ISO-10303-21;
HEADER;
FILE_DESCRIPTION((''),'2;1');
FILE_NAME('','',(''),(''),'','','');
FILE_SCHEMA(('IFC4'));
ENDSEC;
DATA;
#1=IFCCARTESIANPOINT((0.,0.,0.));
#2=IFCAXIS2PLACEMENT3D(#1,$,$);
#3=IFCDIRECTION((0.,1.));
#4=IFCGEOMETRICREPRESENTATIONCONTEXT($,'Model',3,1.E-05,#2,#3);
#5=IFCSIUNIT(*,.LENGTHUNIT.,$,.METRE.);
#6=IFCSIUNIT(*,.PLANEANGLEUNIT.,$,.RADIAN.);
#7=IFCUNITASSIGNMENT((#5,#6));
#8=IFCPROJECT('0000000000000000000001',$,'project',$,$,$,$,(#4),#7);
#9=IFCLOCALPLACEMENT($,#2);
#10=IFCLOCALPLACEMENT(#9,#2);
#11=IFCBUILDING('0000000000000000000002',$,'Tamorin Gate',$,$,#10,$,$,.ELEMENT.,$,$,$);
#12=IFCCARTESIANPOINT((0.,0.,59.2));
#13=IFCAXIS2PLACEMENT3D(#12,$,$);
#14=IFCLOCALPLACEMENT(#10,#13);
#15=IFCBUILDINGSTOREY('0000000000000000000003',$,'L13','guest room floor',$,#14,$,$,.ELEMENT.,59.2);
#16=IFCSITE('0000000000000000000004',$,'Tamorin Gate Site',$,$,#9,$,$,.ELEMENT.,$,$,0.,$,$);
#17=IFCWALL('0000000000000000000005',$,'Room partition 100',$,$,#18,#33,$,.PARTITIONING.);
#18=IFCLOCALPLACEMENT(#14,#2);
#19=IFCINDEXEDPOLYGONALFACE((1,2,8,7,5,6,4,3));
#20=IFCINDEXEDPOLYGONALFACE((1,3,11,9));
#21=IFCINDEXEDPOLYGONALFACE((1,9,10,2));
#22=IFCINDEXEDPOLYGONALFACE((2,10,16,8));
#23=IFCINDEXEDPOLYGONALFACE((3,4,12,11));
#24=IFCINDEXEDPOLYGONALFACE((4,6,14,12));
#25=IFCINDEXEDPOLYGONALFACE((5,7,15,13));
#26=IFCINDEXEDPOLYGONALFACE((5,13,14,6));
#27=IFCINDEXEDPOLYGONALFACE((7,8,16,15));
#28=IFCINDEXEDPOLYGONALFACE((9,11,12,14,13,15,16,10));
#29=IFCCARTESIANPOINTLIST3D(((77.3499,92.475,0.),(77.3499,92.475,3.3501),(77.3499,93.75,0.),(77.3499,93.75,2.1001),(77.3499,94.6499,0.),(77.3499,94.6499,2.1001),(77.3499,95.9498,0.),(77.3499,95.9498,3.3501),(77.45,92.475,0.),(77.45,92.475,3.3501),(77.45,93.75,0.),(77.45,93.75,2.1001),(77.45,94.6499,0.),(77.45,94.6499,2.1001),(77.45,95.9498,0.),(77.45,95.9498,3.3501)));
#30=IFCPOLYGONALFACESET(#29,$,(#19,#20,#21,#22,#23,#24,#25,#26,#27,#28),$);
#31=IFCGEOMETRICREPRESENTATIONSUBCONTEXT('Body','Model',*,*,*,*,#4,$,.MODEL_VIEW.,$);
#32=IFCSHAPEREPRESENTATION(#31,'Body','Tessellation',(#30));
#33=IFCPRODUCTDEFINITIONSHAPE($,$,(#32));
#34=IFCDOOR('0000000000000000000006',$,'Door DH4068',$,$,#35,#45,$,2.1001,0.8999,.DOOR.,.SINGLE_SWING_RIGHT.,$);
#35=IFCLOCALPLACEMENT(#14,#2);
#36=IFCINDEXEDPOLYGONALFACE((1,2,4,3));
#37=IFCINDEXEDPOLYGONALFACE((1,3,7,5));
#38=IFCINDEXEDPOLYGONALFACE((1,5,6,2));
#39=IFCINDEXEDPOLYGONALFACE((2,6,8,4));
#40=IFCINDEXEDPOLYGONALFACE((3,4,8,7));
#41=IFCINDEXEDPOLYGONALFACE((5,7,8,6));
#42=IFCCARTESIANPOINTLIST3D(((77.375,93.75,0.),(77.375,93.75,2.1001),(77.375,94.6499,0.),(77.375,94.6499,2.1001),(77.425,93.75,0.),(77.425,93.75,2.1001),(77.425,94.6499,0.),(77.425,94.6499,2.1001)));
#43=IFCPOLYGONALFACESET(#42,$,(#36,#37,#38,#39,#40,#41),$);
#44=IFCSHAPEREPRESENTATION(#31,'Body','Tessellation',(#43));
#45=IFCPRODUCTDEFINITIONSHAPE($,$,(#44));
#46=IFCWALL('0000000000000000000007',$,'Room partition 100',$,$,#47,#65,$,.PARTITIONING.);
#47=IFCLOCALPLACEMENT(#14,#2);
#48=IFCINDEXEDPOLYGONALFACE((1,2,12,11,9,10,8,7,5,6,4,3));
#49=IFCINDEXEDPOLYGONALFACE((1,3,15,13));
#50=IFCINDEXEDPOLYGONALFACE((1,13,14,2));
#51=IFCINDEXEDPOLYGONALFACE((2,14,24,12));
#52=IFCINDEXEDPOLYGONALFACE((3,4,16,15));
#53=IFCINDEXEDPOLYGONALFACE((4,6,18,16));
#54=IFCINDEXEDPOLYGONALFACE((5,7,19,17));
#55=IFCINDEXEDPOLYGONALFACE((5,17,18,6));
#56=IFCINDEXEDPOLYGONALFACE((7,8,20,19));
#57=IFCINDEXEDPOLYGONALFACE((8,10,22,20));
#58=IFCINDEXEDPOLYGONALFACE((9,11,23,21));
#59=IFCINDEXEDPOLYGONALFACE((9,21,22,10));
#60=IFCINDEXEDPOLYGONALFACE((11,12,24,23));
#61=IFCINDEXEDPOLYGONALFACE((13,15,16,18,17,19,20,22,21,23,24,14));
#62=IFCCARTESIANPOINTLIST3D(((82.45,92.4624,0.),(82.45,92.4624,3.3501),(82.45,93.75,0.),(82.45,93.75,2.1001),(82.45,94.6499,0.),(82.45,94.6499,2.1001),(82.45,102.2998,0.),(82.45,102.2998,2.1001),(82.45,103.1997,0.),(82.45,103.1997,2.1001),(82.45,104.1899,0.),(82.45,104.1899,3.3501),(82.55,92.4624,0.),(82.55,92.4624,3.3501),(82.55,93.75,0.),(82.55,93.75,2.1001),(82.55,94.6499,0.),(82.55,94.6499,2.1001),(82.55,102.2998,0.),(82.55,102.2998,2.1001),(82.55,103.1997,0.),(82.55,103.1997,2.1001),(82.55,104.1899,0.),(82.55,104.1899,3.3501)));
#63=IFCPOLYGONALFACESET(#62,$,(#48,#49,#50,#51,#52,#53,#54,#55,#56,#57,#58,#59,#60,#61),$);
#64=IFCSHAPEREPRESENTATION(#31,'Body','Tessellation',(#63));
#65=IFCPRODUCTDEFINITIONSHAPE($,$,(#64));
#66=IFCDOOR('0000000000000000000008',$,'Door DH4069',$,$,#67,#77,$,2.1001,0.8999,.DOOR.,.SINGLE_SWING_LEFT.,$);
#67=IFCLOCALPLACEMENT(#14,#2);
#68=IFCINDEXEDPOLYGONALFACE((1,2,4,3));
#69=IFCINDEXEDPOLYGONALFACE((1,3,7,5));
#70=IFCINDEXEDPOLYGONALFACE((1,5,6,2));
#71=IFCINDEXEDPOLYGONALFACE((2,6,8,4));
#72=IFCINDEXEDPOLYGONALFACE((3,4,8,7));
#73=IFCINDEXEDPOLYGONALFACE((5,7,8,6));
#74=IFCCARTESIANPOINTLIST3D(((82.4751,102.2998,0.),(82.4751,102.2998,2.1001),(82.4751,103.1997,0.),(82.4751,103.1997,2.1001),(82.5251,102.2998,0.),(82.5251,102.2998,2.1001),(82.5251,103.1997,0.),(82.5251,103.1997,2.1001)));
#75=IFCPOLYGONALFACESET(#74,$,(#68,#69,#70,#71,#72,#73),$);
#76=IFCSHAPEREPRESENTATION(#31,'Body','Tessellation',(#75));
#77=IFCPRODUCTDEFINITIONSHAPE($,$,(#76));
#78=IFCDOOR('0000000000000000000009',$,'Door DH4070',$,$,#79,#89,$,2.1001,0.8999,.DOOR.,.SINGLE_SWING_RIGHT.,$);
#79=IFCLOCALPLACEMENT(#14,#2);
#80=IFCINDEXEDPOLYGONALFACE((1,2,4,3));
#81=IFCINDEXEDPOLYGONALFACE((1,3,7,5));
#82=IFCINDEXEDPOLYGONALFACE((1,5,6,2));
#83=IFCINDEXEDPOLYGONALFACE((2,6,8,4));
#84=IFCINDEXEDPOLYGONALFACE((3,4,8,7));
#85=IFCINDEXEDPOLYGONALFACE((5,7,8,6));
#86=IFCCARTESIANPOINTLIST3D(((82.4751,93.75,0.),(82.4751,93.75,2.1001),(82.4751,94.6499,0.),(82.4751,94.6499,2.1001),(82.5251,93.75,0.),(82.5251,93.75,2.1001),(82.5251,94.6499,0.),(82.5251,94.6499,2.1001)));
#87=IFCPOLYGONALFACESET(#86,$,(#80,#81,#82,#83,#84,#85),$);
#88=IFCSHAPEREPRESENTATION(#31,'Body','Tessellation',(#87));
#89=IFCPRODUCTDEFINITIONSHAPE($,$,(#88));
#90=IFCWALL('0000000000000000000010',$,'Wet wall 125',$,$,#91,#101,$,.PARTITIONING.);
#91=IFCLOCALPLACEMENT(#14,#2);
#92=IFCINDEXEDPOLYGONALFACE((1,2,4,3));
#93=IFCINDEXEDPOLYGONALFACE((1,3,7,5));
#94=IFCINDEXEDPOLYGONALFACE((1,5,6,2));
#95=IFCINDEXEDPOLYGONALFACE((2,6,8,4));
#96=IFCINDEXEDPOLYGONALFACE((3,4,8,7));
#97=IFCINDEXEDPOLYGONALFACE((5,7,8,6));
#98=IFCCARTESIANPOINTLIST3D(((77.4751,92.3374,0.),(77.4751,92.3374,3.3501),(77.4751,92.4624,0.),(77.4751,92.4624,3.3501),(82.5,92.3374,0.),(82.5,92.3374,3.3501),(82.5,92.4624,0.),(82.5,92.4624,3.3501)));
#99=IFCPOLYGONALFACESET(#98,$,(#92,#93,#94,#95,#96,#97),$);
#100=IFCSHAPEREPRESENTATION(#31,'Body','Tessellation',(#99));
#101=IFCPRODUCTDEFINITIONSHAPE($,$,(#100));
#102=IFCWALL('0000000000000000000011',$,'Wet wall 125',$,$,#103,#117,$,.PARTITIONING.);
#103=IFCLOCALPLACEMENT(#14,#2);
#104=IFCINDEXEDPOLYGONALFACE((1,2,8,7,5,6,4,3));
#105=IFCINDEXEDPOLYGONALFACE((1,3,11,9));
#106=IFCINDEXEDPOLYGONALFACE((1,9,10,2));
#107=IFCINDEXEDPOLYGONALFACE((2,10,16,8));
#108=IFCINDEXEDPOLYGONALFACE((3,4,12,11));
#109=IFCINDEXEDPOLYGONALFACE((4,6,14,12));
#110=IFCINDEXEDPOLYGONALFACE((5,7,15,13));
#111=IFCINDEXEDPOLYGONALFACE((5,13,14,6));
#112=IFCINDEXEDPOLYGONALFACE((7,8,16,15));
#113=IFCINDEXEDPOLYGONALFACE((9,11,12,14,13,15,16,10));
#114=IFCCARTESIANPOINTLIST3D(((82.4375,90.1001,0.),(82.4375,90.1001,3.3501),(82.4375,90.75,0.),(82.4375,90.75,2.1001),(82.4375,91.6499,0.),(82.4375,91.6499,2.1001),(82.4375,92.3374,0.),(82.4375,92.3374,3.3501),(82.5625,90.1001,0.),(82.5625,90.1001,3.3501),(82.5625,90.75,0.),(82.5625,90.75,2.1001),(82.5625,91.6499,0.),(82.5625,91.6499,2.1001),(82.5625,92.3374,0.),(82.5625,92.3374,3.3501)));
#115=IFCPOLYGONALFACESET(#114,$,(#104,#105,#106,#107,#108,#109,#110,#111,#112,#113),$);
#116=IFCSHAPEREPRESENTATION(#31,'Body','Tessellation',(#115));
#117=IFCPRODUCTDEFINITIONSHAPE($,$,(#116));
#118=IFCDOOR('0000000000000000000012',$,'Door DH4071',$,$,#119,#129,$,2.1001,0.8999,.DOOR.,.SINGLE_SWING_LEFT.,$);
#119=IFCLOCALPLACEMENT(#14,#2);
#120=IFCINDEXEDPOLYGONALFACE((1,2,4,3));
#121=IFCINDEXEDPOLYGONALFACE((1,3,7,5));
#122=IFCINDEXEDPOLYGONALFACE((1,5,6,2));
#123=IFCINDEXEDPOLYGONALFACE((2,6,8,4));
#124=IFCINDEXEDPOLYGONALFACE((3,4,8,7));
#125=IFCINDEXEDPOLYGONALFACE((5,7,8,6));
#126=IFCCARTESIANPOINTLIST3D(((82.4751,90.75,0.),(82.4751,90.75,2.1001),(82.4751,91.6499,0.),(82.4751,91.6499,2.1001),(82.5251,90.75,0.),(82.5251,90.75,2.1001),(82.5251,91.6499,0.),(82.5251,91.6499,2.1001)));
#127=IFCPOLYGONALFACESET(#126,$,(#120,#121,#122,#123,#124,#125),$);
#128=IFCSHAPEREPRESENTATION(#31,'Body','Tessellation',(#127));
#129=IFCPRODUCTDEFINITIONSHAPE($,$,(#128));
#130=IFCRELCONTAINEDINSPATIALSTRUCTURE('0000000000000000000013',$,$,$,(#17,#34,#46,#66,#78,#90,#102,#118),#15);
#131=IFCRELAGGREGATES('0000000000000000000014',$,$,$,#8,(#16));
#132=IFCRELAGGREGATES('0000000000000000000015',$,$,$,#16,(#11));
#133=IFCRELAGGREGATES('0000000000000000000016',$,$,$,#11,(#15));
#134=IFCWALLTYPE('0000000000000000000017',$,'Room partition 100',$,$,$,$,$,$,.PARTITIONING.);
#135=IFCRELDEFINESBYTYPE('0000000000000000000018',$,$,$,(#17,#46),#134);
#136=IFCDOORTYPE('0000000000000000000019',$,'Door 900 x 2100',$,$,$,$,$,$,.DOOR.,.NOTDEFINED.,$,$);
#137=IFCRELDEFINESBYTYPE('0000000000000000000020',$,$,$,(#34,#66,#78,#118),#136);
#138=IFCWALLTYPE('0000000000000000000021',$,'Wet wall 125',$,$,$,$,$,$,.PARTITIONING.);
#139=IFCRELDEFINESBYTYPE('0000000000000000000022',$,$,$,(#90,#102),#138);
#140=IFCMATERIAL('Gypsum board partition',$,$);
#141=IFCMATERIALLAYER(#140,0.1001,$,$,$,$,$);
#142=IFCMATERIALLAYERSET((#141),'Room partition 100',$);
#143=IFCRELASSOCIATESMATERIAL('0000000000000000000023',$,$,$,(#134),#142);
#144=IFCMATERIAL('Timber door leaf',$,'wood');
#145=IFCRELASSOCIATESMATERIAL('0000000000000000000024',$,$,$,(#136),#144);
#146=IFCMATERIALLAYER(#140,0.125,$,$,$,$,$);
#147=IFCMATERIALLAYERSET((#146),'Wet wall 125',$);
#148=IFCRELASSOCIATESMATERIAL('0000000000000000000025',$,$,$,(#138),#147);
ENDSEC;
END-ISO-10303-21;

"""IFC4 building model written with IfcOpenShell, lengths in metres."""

from ifc_helpers import new_model, si_unit, direction, frame, frame_2d, origin, place, context, subcontext, project, spatial, rectangle, extrude, material, layer, layer_set, type_object, element, fill, save


model = new_model("IFC4")

# Units and contexts
model_context = context("Model", 3, precision=1e-05, world=origin(), true_north=direction((0.0, 1.0)))
body_context = subcontext(model_context, "Body", "Model", "MODEL_VIEW")
ifc_project = project(units=[si_unit("LENGTHUNIT", "METRE"), si_unit("PLANEANGLEUNIT", "RADIAN")], contexts=[model_context])

# Site, building, storey
site_placement = place(None, origin())
site = spatial("IfcSite", under=ifc_project, at=site_placement, Name="Tamorin Gate Site", CompositionType="ELEMENT", RefElevation=0.0)
building_placement = place(site_placement, origin())
building = spatial("IfcBuilding", under=site, at=building_placement, Name="Tamorin Gate", CompositionType="ELEMENT")
storey_placement = place(building_placement, frame((0.0, 0.0, 59.2)))
storey = spatial("IfcBuildingStorey", under=building, at=storey_placement, Name="L13", Description="guest room floor", CompositionType="ELEMENT", Elevation=59.2)

# Shared definitions
ifc_material_1 = material(Name="Gypsum board partition")

# Wall, opening, door
ifc_layer_1 = layer(ifc_material_1, 0.1001)
ifc_layer_set_1 = layer_set([ifc_layer_1], Name="Room partition 100")
wall_type_1 = type_object("IfcWallType", Name="Room partition 100", PredefinedType="PARTITIONING", material=ifc_layer_set_1)
ifc_material_2 = material(Name="Timber door leaf", Category="wood")
door_type = type_object("IfcDoorType", Name="Door 900 x 2100", OperationType="NOTDEFINED", PredefinedType="DOOR", material=ifc_material_2)
wall_1_placement = place(storey_placement, frame((77.3999, 92.4751, 0.0), z_axis=(0.0, 0.0, 1.0), x_axis=(0.0, 1.0, 0.0)))
wall_1 = element("IfcWall", 1, at=wall_1_placement, inside=storey, type_object=wall_type_1, Name="Room partition 100", PredefinedType="PARTITIONING", context=body_context, shape_type="SweptSolid", body=[
    extrude(rectangle(XDim=3.4749, YDim=0.1001, at=frame_2d((1.7373, 0.0))), origin(), (0.0, 0.0, 1.0), 3.3501),
])
opening_1_placement = place(wall_1_placement, frame((1.2749, 0.0, 0.0)))
opening_1 = element("IfcOpeningElement", 2, at=opening_1_placement, cuts=wall_1, PredefinedType="OPENING", context=body_context, shape_type="SweptSolid", body=[
    extrude(rectangle(XDim=0.8999, YDim=2.1001, at=frame_2d((0.45, 1.05))), frame((0.0, 0.0601, 0.0), z_axis=(0.0, -1.0, 0.0), x_axis=(1.0, 0.0, 0.0)), (0.0, 0.0, 1.0), 0.1201),
])
door_1_placement = place(opening_1_placement, origin())
door_1 = element("IfcDoor", 3, at=door_1_placement, inside=storey, type_object=door_type, Name="Door DH4068", OperationType="SINGLE_SWING_RIGHT", OverallHeight=2.1001, OverallWidth=0.8999, PredefinedType="DOOR", context=body_context, shape_type="SweptSolid", body=[
    extrude(rectangle(XDim=0.8999, YDim=2.1001, at=frame_2d((0.45, 1.05))), frame((0.0, 0.0249, 0.0), z_axis=(0.0, -1.0, 0.0), x_axis=(1.0, 0.0, 0.0)), (0.0, 0.0, 1.0), 0.05),
])
fill(opening_1, door_1)

# Wall, openings, doors
wall_2_placement = place(storey_placement, frame((82.5, 92.4624, 0.0), z_axis=(0.0, 0.0, 1.0), x_axis=(0.0, 1.0, 0.0)))
wall_2 = element("IfcWall", 4, at=wall_2_placement, inside=storey, type_object=wall_type_1, Name="Room partition 100", PredefinedType="PARTITIONING", context=body_context, shape_type="SweptSolid", body=[
    extrude(rectangle(XDim=11.7275, YDim=0.1001, at=frame_2d((5.8638, 0.0))), origin(), (0.0, 0.0, 1.0), 3.3501),
])
opening_2_placement = place(wall_2_placement, frame((9.8374, 0.0, 0.0)))
opening_2 = element("IfcOpeningElement", 5, at=opening_2_placement, cuts=wall_2, PredefinedType="OPENING", context=body_context, shape_type="SweptSolid", body=[
    extrude(rectangle(XDim=0.8999, YDim=2.1001, at=frame_2d((0.45, 1.05))), frame((0.0, 0.0601, 0.0), z_axis=(0.0, -1.0, 0.0), x_axis=(1.0, 0.0, 0.0)), (0.0, 0.0, 1.0), 0.1201),
])
opening_3_placement = place(wall_2_placement, frame((1.2876, 0.0, 0.0)))
opening_3 = element("IfcOpeningElement", 6, at=opening_3_placement, cuts=wall_2, PredefinedType="OPENING", context=body_context, shape_type="SweptSolid", body=[
    extrude(rectangle(XDim=0.8999, YDim=2.1001, at=frame_2d((0.45, 1.05))), frame((0.0, 0.0601, 0.0), z_axis=(0.0, -1.0, 0.0), x_axis=(1.0, 0.0, 0.0)), (0.0, 0.0, 1.0), 0.1201),
])
door_2_placement = place(opening_2_placement, origin())
door_2 = element("IfcDoor", 7, at=door_2_placement, inside=storey, type_object=door_type, Name="Door DH4069", OperationType="SINGLE_SWING_LEFT", OverallHeight=2.1001, OverallWidth=0.8999, PredefinedType="DOOR", context=body_context, shape_type="SweptSolid", body=[
    extrude(rectangle(XDim=0.8999, YDim=2.1001, at=frame_2d((0.45, 1.05))), frame((0.0, 0.0249, 0.0), z_axis=(0.0, -1.0, 0.0), x_axis=(1.0, 0.0, 0.0)), (0.0, 0.0, 1.0), 0.05),
])
fill(opening_2, door_2)
door_3_placement = place(opening_3_placement, origin())
door_3 = element("IfcDoor", 8, at=door_3_placement, inside=storey, type_object=door_type, Name="Door DH4070", OperationType="SINGLE_SWING_RIGHT", OverallHeight=2.1001, OverallWidth=0.8999, PredefinedType="DOOR", context=body_context, shape_type="SweptSolid", body=[
    extrude(rectangle(XDim=0.8999, YDim=2.1001, at=frame_2d((0.45, 1.05))), frame((0.0, 0.0249, 0.0), z_axis=(0.0, -1.0, 0.0), x_axis=(1.0, 0.0, 0.0)), (0.0, 0.0, 1.0), 0.05),
])
fill(opening_3, door_3)

# Wall
ifc_layer_2 = layer(ifc_material_1, 0.125)
ifc_layer_set_2 = layer_set([ifc_layer_2], Name="Wet wall 125")
wall_type_2 = type_object("IfcWallType", Name="Wet wall 125", PredefinedType="PARTITIONING", material=ifc_layer_set_2)
wall_3_placement = place(storey_placement, frame((77.4751, 92.3999, 0.0), z_axis=(0.0, 0.0, 1.0), x_axis=(1.0, 0.0, 0.0)))
element("IfcWall", 9, at=wall_3_placement, inside=storey, type_object=wall_type_2, Name="Wet wall 125", PredefinedType="PARTITIONING", context=body_context, shape_type="SweptSolid", body=[
    extrude(rectangle(XDim=5.0249, YDim=0.125, at=frame_2d((2.5125, 0.0))), origin(), (0.0, 0.0, 1.0), 3.3501),
])

# Wall, opening, door
wall_4_placement = place(storey_placement, frame((82.5, 90.1001, 0.0), z_axis=(0.0, 0.0, 1.0), x_axis=(0.0, 1.0, 0.0)))
wall_4 = element("IfcWall", 10, at=wall_4_placement, inside=storey, type_object=wall_type_2, Name="Wet wall 125", PredefinedType="PARTITIONING", context=body_context, shape_type="SweptSolid", body=[
    extrude(rectangle(XDim=2.2373, YDim=0.125, at=frame_2d((1.1187, 0.0))), origin(), (0.0, 0.0, 1.0), 3.3501),
])
opening_4_placement = place(wall_4_placement, frame((0.6499, 0.0, 0.0)))
opening_4 = element("IfcOpeningElement", 11, at=opening_4_placement, cuts=wall_4, PredefinedType="OPENING", context=body_context, shape_type="SweptSolid", body=[
    extrude(rectangle(XDim=0.8999, YDim=2.1001, at=frame_2d((0.45, 1.05))), frame((0.0, 0.0725, 0.0), z_axis=(0.0, -1.0, 0.0), x_axis=(1.0, 0.0, 0.0)), (0.0, 0.0, 1.0), 0.145),
])
door_4_placement = place(opening_4_placement, origin())
door_4 = element("IfcDoor", 12, at=door_4_placement, inside=storey, type_object=door_type, Name="Door DH4071", OperationType="SINGLE_SWING_LEFT", OverallHeight=2.1001, OverallWidth=0.8999, PredefinedType="DOOR", context=body_context, shape_type="SweptSolid", body=[
    extrude(rectangle(XDim=0.8999, YDim=2.1001, at=frame_2d((0.45, 1.05))), frame((0.0, 0.0249, 0.0), z_axis=(0.0, -1.0, 0.0), x_axis=(1.0, 0.0, 0.0)), (0.0, 0.0, 1.0), 0.05),
])
fill(opening_4, door_4)

save(model, "model.ifc")
